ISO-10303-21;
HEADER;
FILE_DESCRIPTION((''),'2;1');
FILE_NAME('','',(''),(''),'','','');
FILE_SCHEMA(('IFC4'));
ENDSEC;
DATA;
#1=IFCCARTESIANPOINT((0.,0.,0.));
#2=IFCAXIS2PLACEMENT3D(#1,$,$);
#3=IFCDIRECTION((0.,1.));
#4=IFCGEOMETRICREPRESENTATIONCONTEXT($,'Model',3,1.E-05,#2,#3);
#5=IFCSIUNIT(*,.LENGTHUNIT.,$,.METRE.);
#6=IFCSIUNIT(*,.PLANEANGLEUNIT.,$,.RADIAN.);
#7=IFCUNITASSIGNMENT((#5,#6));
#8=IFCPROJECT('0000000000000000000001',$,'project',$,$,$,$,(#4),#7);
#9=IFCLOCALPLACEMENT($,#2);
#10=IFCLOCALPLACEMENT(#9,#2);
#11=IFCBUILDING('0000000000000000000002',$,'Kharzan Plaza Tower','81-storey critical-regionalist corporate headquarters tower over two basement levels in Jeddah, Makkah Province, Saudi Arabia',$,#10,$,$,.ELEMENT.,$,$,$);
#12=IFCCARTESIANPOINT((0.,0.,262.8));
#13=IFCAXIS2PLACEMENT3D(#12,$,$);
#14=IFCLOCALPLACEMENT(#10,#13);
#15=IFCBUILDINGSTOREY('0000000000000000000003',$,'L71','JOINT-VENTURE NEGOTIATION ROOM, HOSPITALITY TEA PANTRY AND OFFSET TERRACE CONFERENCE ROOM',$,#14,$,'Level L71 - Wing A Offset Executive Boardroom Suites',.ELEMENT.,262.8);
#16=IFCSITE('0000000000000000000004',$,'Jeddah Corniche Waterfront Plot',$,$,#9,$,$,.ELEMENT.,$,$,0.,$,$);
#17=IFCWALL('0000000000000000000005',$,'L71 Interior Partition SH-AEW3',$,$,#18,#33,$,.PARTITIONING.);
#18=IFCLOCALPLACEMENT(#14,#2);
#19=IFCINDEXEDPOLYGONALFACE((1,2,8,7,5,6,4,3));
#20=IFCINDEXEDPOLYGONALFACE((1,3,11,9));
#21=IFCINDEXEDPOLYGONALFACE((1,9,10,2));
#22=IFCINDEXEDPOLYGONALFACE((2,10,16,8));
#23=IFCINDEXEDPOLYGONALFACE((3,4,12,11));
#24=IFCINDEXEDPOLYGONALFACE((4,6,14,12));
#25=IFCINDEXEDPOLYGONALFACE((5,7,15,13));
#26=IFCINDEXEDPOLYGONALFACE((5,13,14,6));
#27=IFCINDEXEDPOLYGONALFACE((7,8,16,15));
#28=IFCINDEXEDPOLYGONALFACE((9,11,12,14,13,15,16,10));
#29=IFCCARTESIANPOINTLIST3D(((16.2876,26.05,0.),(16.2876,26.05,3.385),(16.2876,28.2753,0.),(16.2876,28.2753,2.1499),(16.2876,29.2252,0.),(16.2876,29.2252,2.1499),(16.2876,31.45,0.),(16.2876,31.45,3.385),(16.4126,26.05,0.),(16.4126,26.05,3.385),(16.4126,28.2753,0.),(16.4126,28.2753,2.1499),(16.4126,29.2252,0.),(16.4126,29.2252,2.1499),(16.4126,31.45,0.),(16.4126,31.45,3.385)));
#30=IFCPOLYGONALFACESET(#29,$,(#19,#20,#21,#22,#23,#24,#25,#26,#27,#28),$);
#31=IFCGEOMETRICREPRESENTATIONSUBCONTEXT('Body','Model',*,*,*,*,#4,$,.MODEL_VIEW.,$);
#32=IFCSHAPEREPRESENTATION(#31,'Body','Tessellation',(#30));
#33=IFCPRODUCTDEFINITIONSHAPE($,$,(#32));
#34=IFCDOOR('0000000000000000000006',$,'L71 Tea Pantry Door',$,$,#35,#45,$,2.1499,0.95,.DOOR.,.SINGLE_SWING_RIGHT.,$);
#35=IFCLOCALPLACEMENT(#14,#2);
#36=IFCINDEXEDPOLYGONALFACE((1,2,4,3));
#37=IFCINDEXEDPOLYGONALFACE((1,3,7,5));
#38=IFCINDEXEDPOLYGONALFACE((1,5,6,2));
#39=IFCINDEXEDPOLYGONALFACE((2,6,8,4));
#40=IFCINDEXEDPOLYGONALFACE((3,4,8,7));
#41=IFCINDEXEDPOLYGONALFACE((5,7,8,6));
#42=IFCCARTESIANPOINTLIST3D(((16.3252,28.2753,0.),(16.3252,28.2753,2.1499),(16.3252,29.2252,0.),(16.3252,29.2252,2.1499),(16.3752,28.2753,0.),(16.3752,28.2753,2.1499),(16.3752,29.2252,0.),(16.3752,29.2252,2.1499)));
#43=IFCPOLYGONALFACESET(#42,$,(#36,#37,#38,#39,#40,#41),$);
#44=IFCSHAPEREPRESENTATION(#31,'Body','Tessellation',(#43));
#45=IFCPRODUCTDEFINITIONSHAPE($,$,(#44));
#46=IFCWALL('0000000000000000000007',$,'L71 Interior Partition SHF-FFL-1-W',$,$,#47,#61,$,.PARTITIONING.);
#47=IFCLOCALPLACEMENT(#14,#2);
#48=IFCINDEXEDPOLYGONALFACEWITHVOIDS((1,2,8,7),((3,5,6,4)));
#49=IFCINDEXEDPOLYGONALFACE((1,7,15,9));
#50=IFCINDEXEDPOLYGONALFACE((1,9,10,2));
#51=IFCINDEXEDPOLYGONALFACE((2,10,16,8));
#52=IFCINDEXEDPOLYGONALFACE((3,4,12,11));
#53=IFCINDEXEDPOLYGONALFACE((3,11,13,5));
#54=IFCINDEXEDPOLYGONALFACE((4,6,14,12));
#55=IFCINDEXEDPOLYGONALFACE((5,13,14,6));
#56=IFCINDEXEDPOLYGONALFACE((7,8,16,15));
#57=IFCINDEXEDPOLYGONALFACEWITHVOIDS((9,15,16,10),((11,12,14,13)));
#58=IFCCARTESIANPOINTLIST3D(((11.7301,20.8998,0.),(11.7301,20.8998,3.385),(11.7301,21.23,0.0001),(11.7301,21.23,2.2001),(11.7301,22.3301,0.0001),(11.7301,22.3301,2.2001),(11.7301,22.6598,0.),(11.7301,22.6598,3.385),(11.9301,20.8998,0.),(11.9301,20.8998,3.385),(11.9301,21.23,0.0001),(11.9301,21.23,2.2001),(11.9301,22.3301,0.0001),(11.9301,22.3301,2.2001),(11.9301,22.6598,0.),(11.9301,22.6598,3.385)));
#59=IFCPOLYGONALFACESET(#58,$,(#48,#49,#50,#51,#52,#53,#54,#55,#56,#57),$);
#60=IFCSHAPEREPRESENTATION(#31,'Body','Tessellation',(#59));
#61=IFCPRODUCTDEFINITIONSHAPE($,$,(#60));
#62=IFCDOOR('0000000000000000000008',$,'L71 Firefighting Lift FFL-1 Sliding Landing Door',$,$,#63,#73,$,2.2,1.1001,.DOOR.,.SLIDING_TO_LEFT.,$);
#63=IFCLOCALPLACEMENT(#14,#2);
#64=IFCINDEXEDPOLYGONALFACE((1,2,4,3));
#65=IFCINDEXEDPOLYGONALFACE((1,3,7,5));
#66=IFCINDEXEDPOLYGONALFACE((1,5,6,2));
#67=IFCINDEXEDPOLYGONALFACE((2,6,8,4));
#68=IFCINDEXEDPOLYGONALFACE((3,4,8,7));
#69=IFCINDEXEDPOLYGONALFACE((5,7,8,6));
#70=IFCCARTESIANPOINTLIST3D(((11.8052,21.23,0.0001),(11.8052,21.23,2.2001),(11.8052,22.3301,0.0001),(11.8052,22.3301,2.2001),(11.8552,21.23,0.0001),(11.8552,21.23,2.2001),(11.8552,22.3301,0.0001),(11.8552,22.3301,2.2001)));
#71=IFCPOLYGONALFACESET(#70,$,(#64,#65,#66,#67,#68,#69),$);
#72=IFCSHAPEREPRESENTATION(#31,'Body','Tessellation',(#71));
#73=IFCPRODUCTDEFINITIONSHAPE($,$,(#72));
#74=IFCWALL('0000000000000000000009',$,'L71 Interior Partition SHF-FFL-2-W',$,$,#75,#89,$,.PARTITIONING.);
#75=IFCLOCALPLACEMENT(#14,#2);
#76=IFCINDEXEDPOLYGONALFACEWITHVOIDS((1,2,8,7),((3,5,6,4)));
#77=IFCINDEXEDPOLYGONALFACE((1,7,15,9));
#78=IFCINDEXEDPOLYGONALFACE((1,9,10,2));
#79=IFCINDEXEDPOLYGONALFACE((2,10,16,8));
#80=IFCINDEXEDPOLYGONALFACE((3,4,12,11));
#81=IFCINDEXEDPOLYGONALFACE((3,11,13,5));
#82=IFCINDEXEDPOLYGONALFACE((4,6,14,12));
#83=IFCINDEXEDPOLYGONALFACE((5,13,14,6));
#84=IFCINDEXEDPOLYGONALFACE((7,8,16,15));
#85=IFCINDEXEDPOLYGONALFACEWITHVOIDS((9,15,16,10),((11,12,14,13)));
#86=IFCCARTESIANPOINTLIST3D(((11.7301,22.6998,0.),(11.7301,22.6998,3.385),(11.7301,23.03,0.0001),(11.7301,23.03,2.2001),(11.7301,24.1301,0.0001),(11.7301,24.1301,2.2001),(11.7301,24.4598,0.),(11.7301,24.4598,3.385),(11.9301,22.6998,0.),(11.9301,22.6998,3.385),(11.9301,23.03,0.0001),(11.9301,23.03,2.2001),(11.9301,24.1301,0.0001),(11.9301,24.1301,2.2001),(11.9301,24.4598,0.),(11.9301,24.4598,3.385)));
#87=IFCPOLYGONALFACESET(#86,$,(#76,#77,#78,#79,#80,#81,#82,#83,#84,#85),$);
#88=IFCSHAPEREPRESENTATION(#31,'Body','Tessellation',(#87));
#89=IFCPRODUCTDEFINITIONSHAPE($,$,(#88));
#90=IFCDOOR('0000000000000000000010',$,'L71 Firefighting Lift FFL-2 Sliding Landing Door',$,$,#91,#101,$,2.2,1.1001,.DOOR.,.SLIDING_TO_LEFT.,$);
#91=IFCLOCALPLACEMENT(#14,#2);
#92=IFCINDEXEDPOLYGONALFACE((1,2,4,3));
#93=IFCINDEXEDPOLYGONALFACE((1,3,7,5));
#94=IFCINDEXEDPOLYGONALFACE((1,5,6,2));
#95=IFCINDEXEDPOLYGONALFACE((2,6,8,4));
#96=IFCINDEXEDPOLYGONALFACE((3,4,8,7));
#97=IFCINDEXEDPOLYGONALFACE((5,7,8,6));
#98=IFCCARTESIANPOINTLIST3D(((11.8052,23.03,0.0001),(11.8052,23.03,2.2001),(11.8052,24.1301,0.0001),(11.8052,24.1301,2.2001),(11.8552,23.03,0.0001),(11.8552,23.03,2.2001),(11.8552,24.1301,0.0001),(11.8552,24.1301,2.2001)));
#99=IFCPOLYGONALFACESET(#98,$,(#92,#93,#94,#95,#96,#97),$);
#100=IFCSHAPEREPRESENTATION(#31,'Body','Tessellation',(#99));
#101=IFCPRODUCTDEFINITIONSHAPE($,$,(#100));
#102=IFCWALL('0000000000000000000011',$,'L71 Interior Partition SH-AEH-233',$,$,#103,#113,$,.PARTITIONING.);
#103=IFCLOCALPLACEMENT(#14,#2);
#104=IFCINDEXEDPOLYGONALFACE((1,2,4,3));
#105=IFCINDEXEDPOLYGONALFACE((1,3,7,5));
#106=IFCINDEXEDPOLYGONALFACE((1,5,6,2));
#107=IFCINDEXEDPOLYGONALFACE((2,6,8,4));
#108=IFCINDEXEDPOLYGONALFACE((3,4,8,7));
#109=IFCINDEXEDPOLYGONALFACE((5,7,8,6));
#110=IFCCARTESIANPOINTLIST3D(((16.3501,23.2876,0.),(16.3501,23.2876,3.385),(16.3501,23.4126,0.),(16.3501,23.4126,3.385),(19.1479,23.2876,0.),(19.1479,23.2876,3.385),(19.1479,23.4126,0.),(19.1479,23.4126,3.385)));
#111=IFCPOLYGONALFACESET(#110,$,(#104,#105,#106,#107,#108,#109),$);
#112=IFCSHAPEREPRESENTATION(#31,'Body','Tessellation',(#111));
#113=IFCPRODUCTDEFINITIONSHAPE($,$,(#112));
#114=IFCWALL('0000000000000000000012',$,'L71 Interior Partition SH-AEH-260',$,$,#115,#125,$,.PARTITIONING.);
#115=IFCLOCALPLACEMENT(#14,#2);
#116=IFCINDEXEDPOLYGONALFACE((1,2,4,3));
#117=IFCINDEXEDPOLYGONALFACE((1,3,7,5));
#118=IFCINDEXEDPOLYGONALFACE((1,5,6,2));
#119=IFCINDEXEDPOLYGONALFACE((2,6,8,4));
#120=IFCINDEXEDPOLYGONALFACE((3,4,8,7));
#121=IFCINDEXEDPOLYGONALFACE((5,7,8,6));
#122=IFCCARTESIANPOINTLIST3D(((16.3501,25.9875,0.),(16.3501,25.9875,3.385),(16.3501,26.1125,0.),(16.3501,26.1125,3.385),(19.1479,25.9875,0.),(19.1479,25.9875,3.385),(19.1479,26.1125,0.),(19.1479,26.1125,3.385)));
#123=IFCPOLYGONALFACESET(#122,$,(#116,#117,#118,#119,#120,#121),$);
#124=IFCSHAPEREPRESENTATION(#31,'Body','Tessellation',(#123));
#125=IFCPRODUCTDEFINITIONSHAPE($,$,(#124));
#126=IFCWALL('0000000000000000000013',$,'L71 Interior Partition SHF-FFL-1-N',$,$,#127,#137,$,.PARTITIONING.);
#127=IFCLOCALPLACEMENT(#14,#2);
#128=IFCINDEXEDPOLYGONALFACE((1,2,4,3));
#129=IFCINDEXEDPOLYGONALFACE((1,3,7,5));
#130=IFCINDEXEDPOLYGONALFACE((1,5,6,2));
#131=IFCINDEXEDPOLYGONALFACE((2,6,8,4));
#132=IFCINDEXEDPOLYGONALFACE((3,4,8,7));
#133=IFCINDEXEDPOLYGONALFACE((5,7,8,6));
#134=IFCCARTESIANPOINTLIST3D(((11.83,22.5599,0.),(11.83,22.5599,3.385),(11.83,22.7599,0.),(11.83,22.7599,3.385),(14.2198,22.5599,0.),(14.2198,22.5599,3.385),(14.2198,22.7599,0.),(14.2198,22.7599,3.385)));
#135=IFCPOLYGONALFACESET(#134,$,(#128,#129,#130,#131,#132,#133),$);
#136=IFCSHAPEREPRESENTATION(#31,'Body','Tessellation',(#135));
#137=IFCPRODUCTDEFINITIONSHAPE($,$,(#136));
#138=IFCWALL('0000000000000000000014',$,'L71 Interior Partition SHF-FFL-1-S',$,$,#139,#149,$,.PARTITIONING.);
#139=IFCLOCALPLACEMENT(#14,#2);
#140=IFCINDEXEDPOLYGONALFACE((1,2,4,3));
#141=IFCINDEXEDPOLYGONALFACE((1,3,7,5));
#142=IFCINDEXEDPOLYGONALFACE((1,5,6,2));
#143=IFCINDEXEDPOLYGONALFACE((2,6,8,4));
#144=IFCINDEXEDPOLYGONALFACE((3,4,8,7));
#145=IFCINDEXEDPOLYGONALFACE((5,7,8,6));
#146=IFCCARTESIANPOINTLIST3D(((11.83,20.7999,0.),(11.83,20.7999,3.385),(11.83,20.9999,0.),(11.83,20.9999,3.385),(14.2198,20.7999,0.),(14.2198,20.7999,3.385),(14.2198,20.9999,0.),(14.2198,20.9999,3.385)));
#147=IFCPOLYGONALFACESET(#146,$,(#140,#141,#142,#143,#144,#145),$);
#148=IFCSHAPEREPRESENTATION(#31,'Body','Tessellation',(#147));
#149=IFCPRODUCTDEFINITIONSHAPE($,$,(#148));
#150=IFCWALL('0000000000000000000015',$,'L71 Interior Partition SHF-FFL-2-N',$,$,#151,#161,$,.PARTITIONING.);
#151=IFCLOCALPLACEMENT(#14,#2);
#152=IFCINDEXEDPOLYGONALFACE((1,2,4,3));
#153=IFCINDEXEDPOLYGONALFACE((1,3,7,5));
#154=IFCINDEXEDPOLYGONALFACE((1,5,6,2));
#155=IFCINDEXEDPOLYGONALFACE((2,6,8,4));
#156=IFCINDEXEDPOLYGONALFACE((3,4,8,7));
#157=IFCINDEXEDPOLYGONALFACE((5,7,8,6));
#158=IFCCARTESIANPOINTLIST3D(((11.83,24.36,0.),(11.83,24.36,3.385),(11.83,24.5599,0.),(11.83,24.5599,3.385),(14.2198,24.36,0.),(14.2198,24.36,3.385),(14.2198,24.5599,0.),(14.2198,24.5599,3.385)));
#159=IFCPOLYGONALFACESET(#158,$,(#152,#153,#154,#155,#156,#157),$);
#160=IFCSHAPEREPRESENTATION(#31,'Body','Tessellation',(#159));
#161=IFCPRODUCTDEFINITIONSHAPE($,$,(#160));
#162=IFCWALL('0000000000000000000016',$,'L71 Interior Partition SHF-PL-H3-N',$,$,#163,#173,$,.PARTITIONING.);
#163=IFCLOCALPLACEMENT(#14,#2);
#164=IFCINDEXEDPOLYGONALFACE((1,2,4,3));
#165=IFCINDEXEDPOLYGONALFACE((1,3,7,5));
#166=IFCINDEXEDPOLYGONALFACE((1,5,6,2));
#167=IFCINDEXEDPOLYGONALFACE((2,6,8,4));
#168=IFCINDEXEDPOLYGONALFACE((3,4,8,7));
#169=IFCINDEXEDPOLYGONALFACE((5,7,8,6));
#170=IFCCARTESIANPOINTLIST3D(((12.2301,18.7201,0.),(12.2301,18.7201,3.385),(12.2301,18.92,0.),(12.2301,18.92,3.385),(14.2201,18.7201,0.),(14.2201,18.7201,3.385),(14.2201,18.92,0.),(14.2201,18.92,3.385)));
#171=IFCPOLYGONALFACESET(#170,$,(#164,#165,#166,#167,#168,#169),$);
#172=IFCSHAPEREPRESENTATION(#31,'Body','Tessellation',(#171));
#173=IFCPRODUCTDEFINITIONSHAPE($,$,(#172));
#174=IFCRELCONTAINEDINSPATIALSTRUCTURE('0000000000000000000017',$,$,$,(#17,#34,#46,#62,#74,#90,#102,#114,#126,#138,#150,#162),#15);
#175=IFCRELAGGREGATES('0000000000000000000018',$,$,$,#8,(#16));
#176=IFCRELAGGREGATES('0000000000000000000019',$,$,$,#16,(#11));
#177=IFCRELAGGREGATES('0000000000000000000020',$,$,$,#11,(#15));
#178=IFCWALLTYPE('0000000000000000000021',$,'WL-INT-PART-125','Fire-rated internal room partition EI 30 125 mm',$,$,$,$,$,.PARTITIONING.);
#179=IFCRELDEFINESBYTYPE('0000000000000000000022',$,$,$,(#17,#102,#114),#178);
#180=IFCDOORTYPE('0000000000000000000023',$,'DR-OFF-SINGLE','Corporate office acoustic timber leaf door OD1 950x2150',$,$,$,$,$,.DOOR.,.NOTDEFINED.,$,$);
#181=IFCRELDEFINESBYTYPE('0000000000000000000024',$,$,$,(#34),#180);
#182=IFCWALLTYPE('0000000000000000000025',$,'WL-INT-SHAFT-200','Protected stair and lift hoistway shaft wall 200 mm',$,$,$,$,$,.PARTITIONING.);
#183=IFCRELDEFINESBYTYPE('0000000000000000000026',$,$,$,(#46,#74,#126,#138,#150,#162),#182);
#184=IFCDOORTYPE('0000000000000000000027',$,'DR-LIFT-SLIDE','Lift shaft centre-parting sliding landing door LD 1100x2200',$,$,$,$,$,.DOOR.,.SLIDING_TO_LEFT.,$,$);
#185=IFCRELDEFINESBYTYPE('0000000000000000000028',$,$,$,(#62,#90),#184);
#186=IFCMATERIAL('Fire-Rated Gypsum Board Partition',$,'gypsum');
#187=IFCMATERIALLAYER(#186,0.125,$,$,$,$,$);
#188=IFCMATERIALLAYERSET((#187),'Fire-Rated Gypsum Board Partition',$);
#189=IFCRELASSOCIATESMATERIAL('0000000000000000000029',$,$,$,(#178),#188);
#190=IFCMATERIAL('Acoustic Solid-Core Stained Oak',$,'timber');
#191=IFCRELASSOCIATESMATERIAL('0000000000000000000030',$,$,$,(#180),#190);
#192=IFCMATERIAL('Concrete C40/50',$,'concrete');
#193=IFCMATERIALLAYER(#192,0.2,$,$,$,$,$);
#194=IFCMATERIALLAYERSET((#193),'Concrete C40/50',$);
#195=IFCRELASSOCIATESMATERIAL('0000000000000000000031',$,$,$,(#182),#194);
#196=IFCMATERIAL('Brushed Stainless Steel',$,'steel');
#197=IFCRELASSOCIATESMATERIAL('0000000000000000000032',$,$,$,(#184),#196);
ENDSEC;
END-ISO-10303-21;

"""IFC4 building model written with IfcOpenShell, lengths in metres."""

from ifc_helpers import new_model, si_unit, direction, frame, frame_2d, origin, place, context, subcontext, project, spatial, rectangle, extrude, source, transform, mapped, material, layer, layer_set, type_object, element, fill, save


model = new_model("IFC4")

# Units and contexts
model_context = context("Model", 3, precision=1e-05, world=origin(), true_north=direction((0.0, 1.0)))
body_context = subcontext(model_context, "Body", "Model", "MODEL_VIEW")
ifc_project = project(units=[si_unit("LENGTHUNIT", "METRE"), si_unit("PLANEANGLEUNIT", "RADIAN")], contexts=[model_context])

# Site, building, storey
site_placement = place(None, origin())
site = spatial("IfcSite", under=ifc_project, at=site_placement, Name="Jeddah Corniche Waterfront Plot", CompositionType="ELEMENT", RefElevation=0.0)
building_placement = place(site_placement, origin())
building = spatial("IfcBuilding", under=site, at=building_placement, Name="Kharzan Plaza Tower", Description="81-storey critical-regionalist corporate headquarters tower over two basement levels in Jeddah, Makkah Province, Saudi Arabia", CompositionType="ELEMENT")
storey_placement = place(building_placement, frame((0.0, 0.0, 262.8)))
storey = spatial("IfcBuildingStorey", under=building, at=storey_placement, Name="L71", Description="JOINT-VENTURE NEGOTIATION ROOM, HOSPITALITY TEA PANTRY AND OFFSET TERRACE CONFERENCE ROOM", LongName="Level L71 - Wing A Offset Executive Boardroom Suites", CompositionType="ELEMENT", Elevation=262.8)

# Shared definitions
ifc_material_1 = material(Name="Concrete C40/50", Category="concrete")

# Walls, openings, doors
ifc_material_2 = material(Name="Fire-Rated Gypsum Board Partition", Category="gypsum")
ifc_layer_1 = layer(ifc_material_2, 0.125)
ifc_layer_set_1 = layer_set([ifc_layer_1], Name="Fire-Rated Gypsum Board Partition")
wall_type_1 = type_object("IfcWallType", Name="WL-INT-PART-125", Description="Fire-rated internal room partition EI 30 125 mm", PredefinedType="PARTITIONING", material=ifc_layer_set_1)
wall_1_placement = place(storey_placement, frame((16.3501, 26.05, 0.0), z_axis=(0.0, 0.0, 1.0), x_axis=(0.0, 1.0, 0.0)))
wall_1 = element("IfcWall", 1, at=wall_1_placement, inside=storey, type_object=wall_type_1, Name="L71 Interior Partition SH-AEW3", PredefinedType="PARTITIONING", context=body_context, shape_type="SweptSolid", body=[
    extrude(rectangle(XDim=5.3999, YDim=0.125, at=frame_2d((2.7, 0.0))), origin(), (0.0, 0.0, 1.0), 3.385),
])
opening_1_placement = place(wall_1_placement, frame((2.2251, 0.0, 0.0)))
opening_1 = element("IfcOpeningElement", 2, at=opening_1_placement, cuts=wall_1, PredefinedType="OPENING", context=body_context, shape_type="SweptSolid", body=[
    extrude(rectangle(XDim=0.95, YDim=2.1499, at=frame_2d((0.4751, 1.075))), frame((0.0, 0.0725, 0.0), z_axis=(0.0, -1.0, 0.0), x_axis=(1.0, 0.0, 0.0)), (0.0, 0.0, 1.0), 0.145),
])
ifc_material_3 = material(Name="Acoustic Solid-Core Stained Oak", Category="timber")
door_type_1 = type_object("IfcDoorType", Name="DR-OFF-SINGLE", Description="Corporate office acoustic timber leaf door OD1 950x2150", OperationType="NOTDEFINED", PredefinedType="DOOR", material=ifc_material_3)
shared_shape_1 = source(origin(), body_context, "Body", "SweptSolid", [
    extrude(rectangle(XDim=0.95, YDim=2.1499, at=frame_2d((0.4751, 1.075))), frame((0.0, 0.0249, 0.0), z_axis=(0.0, -1.0, 0.0), x_axis=(1.0, 0.0, 0.0)), (0.0, 0.0, 1.0), 0.05),
])
door_1_placement = place(opening_1_placement, origin())
door_1 = element("IfcDoor", 3, at=door_1_placement, inside=storey, type_object=door_type_1, Name="L71 Tea Pantry Door", OperationType="SINGLE_SWING_RIGHT", OverallHeight=2.1499, OverallWidth=0.95, PredefinedType="DOOR", context=body_context, shape_type="MappedRepresentation", body=[
    mapped(shared_shape_1, transform((0.0, 0.0, 0.0), x_axis=(1.0, 0.0, 0.0), y_axis=(0.0, 1.0, 0.0), z_axis=(0.0, 0.0, 1.0))),
])
fill(opening_1, door_1)
ifc_layer_2 = layer(ifc_material_1, 0.2)
ifc_layer_set_2 = layer_set([ifc_layer_2], Name="Concrete C40/50")
wall_type_2 = type_object("IfcWallType", Name="WL-INT-SHAFT-200", Description="Protected stair and lift hoistway shaft wall 200 mm", PredefinedType="PARTITIONING", material=ifc_layer_set_2)
wall_2_placement = place(storey_placement, frame((11.8301, 20.8999, 0.0), z_axis=(0.0, 0.0, 1.0), x_axis=(0.0, 1.0, 0.0)))
wall_2 = element("IfcWall", 4, at=wall_2_placement, inside=storey, type_object=wall_type_2, Name="L71 Interior Partition SHF-FFL-1-W", PredefinedType="PARTITIONING", context=body_context, shape_type="SweptSolid", body=[
    extrude(rectangle(XDim=1.76, YDim=0.2, at=frame_2d((0.8799, 0.0))), origin(), (0.0, 0.0, 1.0), 3.385),
])
opening_2_placement = place(wall_2_placement, frame((0.3301, 0.0, 0.0)))
opening_2 = element("IfcOpeningElement", 5, at=opening_2_placement, cuts=wall_2, PredefinedType="OPENING", context=body_context, shape_type="SweptSolid", body=[
    extrude(rectangle(XDim=1.1001, YDim=2.2, at=frame_2d((0.55, 1.1001))), frame((0.0, 0.1099, 0.0), z_axis=(0.0, -1.0, 0.0), x_axis=(1.0, 0.0, 0.0)), (0.0, 0.0, 1.0), 0.22),
])
ifc_material_4 = material(Name="Brushed Stainless Steel", Category="steel")
door_type_2 = type_object("IfcDoorType", Name="DR-LIFT-SLIDE", Description="Lift shaft centre-parting sliding landing door LD 1100x2200", OperationType="SLIDING_TO_LEFT", PredefinedType="DOOR", material=ifc_material_4)
shared_shape_2 = source(origin(), body_context, "Body", "SweptSolid", [
    extrude(rectangle(XDim=1.1001, YDim=2.2, at=frame_2d((0.55, 1.1001))), frame((0.0, 0.0249, 0.0), z_axis=(0.0, -1.0, 0.0), x_axis=(1.0, 0.0, 0.0)), (0.0, 0.0, 1.0), 0.05),
])
door_2_placement = place(opening_2_placement, origin())
door_2 = element("IfcDoor", 6, at=door_2_placement, inside=storey, type_object=door_type_2, Name="L71 Firefighting Lift FFL-1 Sliding Landing Door", OperationType="SLIDING_TO_LEFT", OverallHeight=2.2, OverallWidth=1.1001, PredefinedType="DOOR", context=body_context, shape_type="MappedRepresentation", body=[
    mapped(shared_shape_2, transform((0.0, 0.0, 0.0), x_axis=(1.0, 0.0, 0.0), y_axis=(0.0, 1.0, 0.0), z_axis=(0.0, 0.0, 1.0))),
])
fill(opening_2, door_2)
wall_3_placement = place(storey_placement, frame((11.8301, 22.7, 0.0), z_axis=(0.0, 0.0, 1.0), x_axis=(0.0, 1.0, 0.0)))
wall_3 = element("IfcWall", 7, at=wall_3_placement, inside=storey, type_object=wall_type_2, Name="L71 Interior Partition SHF-FFL-2-W", PredefinedType="PARTITIONING", context=body_context, shape_type="SweptSolid", body=[
    extrude(rectangle(XDim=1.76, YDim=0.2, at=frame_2d((0.8799, 0.0))), origin(), (0.0, 0.0, 1.0), 3.385),
])
opening_3_placement = place(wall_3_placement, frame((0.3301, 0.0, 0.0)))
opening_3 = element("IfcOpeningElement", 8, at=opening_3_placement, cuts=wall_3, PredefinedType="OPENING", context=body_context, shape_type="SweptSolid", body=[
    extrude(rectangle(XDim=1.1001, YDim=2.2, at=frame_2d((0.55, 1.1001))), frame((0.0, 0.1099, 0.0), z_axis=(0.0, -1.0, 0.0), x_axis=(1.0, 0.0, 0.0)), (0.0, 0.0, 1.0), 0.22),
])
door_3_placement = place(opening_3_placement, origin())
door_3 = element("IfcDoor", 9, at=door_3_placement, inside=storey, type_object=door_type_2, Name="L71 Firefighting Lift FFL-2 Sliding Landing Door", OperationType="SLIDING_TO_LEFT", OverallHeight=2.2, OverallWidth=1.1001, PredefinedType="DOOR", context=body_context, shape_type="MappedRepresentation", body=[
    mapped(shared_shape_2, transform((0.0, 0.0, 0.0), x_axis=(1.0, 0.0, 0.0), y_axis=(0.0, 1.0, 0.0), z_axis=(0.0, 0.0, 1.0))),
])
fill(opening_3, door_3)

# Walls
shared_shape_3 = source(origin(), body_context, "Body", "SweptSolid", [
    extrude(rectangle(XDim=2.7979, YDim=0.125, at=frame_2d((1.3989, 0.0))), origin(), (0.0, 0.0, 1.0), 3.385),
])
for number, where, z_axis, x_axis, name in (
    (10, (16.3501, 23.3501, 0.0), (0.0, 0.0, 1.0), (1.0, 0.0, 0.0), "L71 Interior Partition SH-AEH-233"),
    (11, (16.3501, 26.05, 0.0), (0.0, 0.0, 1.0), (1.0, 0.0, 0.0), "L71 Interior Partition SH-AEH-260"),
):
    element("IfcWall", number, at=place(storey_placement, frame(where, z_axis=z_axis, x_axis=x_axis)), inside=storey, type_object=wall_type_1, Name=name, PredefinedType="PARTITIONING", context=body_context, shape_type="MappedRepresentation", body=[
        mapped(shared_shape_3, transform((0.0, 0.0, 0.0), x_axis=(1.0, 0.0, 0.0), y_axis=(0.0, 1.0, 0.0), z_axis=(0.0, 0.0, 1.0))),
    ])
shared_shape_4 = source(origin(), body_context, "Body", "SweptSolid", [
    extrude(rectangle(XDim=2.3899, YDim=0.2, at=frame_2d((1.1948, 0.0))), origin(), (0.0, 0.0, 1.0), 3.385),
])
for number, where, z_axis, x_axis, name in (
    (12, (11.8301, 22.6599, 0.0), (0.0, 0.0, 1.0), (1.0, 0.0, 0.0), "L71 Interior Partition SHF-FFL-1-N"),
    (13, (11.8301, 20.8999, 0.0), (0.0, 0.0, 1.0), (1.0, 0.0, 0.0), "L71 Interior Partition SHF-FFL-1-S"),
    (14, (11.8301, 24.46, 0.0), (0.0, 0.0, 1.0), (1.0, 0.0, 0.0), "L71 Interior Partition SHF-FFL-2-N"),
):
    element("IfcWall", number, at=place(storey_placement, frame(where, z_axis=z_axis, x_axis=x_axis)), inside=storey, type_object=wall_type_2, Name=name, PredefinedType="PARTITIONING", context=body_context, shape_type="MappedRepresentation", body=[
        mapped(shared_shape_4, transform((0.0, 0.0, 0.0), x_axis=(1.0, 0.0, 0.0), y_axis=(0.0, 1.0, 0.0), z_axis=(0.0, 0.0, 1.0))),
    ])
shared_shape_5 = source(origin(), body_context, "Body", "SweptSolid", [
    extrude(rectangle(XDim=1.99, YDim=0.2, at=frame_2d((0.9951, 0.0))), origin(), (0.0, 0.0, 1.0), 3.385),
])
wall_4_placement = place(storey_placement, frame((12.23, 18.8201, 0.0), z_axis=(0.0, 0.0, 1.0), x_axis=(1.0, 0.0, 0.0)))
element("IfcWall", 15, at=wall_4_placement, inside=storey, type_object=wall_type_2, Name="L71 Interior Partition SHF-PL-H3-N", PredefinedType="PARTITIONING", context=body_context, shape_type="MappedRepresentation", body=[
    mapped(shared_shape_5, transform((0.0, 0.0, 0.0), x_axis=(1.0, 0.0, 0.0), y_axis=(0.0, 1.0, 0.0), z_axis=(0.0, 0.0, 1.0))),
])

save(model, "model.ifc")
